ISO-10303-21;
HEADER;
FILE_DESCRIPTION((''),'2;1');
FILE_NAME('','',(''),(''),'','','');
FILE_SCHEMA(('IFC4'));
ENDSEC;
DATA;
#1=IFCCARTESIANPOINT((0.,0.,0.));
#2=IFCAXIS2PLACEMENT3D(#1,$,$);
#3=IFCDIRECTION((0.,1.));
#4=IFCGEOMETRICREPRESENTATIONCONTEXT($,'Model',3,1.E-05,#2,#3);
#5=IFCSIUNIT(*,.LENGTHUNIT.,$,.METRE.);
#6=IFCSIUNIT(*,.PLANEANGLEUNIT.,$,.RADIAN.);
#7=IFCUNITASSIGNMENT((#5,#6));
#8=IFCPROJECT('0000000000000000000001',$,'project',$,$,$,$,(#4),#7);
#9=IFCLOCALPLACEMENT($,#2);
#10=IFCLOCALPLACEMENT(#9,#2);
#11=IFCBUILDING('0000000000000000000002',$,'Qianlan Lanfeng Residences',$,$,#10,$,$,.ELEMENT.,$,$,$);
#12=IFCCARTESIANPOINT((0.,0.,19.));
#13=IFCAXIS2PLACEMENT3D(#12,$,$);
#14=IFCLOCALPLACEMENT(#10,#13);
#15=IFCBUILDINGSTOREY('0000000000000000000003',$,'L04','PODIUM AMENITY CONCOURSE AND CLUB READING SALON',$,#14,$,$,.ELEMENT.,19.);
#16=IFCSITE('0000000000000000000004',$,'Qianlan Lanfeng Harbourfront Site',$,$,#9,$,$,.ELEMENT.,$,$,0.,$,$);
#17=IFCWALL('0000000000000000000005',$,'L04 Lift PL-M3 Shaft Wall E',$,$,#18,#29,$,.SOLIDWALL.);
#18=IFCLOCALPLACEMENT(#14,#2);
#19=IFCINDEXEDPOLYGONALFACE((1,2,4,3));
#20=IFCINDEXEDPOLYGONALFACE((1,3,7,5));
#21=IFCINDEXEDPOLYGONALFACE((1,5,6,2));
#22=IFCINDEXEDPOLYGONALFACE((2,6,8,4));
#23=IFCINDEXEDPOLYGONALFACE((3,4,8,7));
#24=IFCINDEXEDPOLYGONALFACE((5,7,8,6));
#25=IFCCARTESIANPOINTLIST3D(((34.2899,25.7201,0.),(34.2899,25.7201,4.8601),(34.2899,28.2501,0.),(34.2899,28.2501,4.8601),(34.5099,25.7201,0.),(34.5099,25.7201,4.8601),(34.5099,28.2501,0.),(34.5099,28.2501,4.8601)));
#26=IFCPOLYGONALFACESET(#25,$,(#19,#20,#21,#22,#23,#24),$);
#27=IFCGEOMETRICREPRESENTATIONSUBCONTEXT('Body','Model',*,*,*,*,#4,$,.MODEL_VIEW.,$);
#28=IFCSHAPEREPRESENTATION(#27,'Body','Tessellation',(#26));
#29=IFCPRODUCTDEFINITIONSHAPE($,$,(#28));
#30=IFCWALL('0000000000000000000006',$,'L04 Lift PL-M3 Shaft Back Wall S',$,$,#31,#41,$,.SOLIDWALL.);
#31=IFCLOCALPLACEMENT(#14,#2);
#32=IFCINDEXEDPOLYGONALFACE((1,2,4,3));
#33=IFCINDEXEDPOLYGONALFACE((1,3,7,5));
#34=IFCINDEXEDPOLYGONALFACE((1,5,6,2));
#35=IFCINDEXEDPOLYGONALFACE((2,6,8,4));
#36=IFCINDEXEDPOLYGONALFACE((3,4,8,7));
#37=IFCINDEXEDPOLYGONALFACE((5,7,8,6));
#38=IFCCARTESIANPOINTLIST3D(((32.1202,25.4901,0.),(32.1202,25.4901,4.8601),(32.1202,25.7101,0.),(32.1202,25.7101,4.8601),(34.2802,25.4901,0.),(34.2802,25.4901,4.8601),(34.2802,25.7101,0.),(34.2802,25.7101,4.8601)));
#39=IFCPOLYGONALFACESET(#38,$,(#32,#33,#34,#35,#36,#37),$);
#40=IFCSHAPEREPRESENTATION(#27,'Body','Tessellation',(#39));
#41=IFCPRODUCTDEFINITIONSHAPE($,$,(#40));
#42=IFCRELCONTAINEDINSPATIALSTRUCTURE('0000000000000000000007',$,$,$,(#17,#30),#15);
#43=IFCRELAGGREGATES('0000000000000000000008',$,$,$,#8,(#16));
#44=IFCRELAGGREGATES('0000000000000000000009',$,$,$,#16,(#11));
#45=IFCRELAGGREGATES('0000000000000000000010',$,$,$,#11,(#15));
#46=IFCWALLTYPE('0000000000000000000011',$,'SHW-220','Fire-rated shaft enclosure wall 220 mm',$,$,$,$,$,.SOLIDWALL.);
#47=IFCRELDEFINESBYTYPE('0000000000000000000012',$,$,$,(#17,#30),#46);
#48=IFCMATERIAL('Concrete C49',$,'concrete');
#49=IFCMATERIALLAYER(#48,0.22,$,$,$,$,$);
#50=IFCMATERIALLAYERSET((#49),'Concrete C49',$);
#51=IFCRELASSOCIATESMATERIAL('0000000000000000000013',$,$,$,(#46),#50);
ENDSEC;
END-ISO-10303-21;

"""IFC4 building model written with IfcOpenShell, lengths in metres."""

from ifc_helpers import new_model, si_unit, direction, frame, frame_2d, origin, place, context, subcontext, project, spatial, rectangle, extrude, material, layer, layer_set, type_object, element, save


model = new_model("IFC4")

# Units and contexts
model_context = context("Model", 3, precision=1e-05, world=origin(), true_north=direction((0.0, 1.0)))
body_context = subcontext(model_context, "Body", "Model", "MODEL_VIEW")
ifc_project = project(units=[si_unit("LENGTHUNIT", "METRE"), si_unit("PLANEANGLEUNIT", "RADIAN")], contexts=[model_context])

# Site, building, storey
site_placement = place(None, origin())
site = spatial("IfcSite", under=ifc_project, at=site_placement, Name="Qianlan Lanfeng Harbourfront Site", CompositionType="ELEMENT", RefElevation=0.0)
building_placement = place(site_placement, origin())
building = spatial("IfcBuilding", under=site, at=building_placement, Name="Qianlan Lanfeng Residences", CompositionType="ELEMENT")
storey_placement = place(building_placement, frame((0.0, 0.0, 19.0)))
storey = spatial("IfcBuildingStorey", under=building, at=storey_placement, Name="L04", Description="PODIUM AMENITY CONCOURSE AND CLUB READING SALON", CompositionType="ELEMENT", Elevation=19.0)

# Walls
ifc_material_1 = material(Name="Concrete C49", Category="concrete")
ifc_layer_1 = layer(ifc_material_1, 0.22)
ifc_layer_set_1 = layer_set([ifc_layer_1], Name="Concrete C49")
wall_type_1 = type_object("IfcWallType", Name="SHW-220", Description="Fire-rated shaft enclosure wall 220 mm", PredefinedType="SOLIDWALL", material=ifc_layer_set_1)
for number, where, z_axis, x_axis, name in (
    (1, (34.3999, 25.72, 0.0), (0.0, 0.0, 1.0), (0.0, 1.0, 0.0), "L04 Lift PL-M3 Shaft Wall E"),
):
    element("IfcWall", number, at=place(storey_placement, frame(where, z_axis=z_axis, x_axis=x_axis)), inside=storey, type_object=wall_type_1, Name=name, PredefinedType="SOLIDWALL", context=body_context, shape_type="SweptSolid", body=[
        extrude(rectangle(XDim=2.53, YDim=0.22, at=frame_2d((1.2651, 0.0))), origin(), (0.0, 0.0, 1.0), 4.8601),
    ])
wall_1_placement = place(storey_placement, frame((32.1201, 25.6001, 0.0), z_axis=(0.0, 0.0, 1.0), x_axis=(1.0, 0.0, 0.0)))
element("IfcWall", 2, at=wall_1_placement, inside=storey, type_object=wall_type_1, Name="L04 Lift PL-M3 Shaft Back Wall S", PredefinedType="SOLIDWALL", context=body_context, shape_type="SweptSolid", body=[
    extrude(rectangle(XDim=2.1599, YDim=0.22, at=frame_2d((1.0801, 0.0))), origin(), (0.0, 0.0, 1.0), 4.8601),
])

save(model, "model.ifc")
